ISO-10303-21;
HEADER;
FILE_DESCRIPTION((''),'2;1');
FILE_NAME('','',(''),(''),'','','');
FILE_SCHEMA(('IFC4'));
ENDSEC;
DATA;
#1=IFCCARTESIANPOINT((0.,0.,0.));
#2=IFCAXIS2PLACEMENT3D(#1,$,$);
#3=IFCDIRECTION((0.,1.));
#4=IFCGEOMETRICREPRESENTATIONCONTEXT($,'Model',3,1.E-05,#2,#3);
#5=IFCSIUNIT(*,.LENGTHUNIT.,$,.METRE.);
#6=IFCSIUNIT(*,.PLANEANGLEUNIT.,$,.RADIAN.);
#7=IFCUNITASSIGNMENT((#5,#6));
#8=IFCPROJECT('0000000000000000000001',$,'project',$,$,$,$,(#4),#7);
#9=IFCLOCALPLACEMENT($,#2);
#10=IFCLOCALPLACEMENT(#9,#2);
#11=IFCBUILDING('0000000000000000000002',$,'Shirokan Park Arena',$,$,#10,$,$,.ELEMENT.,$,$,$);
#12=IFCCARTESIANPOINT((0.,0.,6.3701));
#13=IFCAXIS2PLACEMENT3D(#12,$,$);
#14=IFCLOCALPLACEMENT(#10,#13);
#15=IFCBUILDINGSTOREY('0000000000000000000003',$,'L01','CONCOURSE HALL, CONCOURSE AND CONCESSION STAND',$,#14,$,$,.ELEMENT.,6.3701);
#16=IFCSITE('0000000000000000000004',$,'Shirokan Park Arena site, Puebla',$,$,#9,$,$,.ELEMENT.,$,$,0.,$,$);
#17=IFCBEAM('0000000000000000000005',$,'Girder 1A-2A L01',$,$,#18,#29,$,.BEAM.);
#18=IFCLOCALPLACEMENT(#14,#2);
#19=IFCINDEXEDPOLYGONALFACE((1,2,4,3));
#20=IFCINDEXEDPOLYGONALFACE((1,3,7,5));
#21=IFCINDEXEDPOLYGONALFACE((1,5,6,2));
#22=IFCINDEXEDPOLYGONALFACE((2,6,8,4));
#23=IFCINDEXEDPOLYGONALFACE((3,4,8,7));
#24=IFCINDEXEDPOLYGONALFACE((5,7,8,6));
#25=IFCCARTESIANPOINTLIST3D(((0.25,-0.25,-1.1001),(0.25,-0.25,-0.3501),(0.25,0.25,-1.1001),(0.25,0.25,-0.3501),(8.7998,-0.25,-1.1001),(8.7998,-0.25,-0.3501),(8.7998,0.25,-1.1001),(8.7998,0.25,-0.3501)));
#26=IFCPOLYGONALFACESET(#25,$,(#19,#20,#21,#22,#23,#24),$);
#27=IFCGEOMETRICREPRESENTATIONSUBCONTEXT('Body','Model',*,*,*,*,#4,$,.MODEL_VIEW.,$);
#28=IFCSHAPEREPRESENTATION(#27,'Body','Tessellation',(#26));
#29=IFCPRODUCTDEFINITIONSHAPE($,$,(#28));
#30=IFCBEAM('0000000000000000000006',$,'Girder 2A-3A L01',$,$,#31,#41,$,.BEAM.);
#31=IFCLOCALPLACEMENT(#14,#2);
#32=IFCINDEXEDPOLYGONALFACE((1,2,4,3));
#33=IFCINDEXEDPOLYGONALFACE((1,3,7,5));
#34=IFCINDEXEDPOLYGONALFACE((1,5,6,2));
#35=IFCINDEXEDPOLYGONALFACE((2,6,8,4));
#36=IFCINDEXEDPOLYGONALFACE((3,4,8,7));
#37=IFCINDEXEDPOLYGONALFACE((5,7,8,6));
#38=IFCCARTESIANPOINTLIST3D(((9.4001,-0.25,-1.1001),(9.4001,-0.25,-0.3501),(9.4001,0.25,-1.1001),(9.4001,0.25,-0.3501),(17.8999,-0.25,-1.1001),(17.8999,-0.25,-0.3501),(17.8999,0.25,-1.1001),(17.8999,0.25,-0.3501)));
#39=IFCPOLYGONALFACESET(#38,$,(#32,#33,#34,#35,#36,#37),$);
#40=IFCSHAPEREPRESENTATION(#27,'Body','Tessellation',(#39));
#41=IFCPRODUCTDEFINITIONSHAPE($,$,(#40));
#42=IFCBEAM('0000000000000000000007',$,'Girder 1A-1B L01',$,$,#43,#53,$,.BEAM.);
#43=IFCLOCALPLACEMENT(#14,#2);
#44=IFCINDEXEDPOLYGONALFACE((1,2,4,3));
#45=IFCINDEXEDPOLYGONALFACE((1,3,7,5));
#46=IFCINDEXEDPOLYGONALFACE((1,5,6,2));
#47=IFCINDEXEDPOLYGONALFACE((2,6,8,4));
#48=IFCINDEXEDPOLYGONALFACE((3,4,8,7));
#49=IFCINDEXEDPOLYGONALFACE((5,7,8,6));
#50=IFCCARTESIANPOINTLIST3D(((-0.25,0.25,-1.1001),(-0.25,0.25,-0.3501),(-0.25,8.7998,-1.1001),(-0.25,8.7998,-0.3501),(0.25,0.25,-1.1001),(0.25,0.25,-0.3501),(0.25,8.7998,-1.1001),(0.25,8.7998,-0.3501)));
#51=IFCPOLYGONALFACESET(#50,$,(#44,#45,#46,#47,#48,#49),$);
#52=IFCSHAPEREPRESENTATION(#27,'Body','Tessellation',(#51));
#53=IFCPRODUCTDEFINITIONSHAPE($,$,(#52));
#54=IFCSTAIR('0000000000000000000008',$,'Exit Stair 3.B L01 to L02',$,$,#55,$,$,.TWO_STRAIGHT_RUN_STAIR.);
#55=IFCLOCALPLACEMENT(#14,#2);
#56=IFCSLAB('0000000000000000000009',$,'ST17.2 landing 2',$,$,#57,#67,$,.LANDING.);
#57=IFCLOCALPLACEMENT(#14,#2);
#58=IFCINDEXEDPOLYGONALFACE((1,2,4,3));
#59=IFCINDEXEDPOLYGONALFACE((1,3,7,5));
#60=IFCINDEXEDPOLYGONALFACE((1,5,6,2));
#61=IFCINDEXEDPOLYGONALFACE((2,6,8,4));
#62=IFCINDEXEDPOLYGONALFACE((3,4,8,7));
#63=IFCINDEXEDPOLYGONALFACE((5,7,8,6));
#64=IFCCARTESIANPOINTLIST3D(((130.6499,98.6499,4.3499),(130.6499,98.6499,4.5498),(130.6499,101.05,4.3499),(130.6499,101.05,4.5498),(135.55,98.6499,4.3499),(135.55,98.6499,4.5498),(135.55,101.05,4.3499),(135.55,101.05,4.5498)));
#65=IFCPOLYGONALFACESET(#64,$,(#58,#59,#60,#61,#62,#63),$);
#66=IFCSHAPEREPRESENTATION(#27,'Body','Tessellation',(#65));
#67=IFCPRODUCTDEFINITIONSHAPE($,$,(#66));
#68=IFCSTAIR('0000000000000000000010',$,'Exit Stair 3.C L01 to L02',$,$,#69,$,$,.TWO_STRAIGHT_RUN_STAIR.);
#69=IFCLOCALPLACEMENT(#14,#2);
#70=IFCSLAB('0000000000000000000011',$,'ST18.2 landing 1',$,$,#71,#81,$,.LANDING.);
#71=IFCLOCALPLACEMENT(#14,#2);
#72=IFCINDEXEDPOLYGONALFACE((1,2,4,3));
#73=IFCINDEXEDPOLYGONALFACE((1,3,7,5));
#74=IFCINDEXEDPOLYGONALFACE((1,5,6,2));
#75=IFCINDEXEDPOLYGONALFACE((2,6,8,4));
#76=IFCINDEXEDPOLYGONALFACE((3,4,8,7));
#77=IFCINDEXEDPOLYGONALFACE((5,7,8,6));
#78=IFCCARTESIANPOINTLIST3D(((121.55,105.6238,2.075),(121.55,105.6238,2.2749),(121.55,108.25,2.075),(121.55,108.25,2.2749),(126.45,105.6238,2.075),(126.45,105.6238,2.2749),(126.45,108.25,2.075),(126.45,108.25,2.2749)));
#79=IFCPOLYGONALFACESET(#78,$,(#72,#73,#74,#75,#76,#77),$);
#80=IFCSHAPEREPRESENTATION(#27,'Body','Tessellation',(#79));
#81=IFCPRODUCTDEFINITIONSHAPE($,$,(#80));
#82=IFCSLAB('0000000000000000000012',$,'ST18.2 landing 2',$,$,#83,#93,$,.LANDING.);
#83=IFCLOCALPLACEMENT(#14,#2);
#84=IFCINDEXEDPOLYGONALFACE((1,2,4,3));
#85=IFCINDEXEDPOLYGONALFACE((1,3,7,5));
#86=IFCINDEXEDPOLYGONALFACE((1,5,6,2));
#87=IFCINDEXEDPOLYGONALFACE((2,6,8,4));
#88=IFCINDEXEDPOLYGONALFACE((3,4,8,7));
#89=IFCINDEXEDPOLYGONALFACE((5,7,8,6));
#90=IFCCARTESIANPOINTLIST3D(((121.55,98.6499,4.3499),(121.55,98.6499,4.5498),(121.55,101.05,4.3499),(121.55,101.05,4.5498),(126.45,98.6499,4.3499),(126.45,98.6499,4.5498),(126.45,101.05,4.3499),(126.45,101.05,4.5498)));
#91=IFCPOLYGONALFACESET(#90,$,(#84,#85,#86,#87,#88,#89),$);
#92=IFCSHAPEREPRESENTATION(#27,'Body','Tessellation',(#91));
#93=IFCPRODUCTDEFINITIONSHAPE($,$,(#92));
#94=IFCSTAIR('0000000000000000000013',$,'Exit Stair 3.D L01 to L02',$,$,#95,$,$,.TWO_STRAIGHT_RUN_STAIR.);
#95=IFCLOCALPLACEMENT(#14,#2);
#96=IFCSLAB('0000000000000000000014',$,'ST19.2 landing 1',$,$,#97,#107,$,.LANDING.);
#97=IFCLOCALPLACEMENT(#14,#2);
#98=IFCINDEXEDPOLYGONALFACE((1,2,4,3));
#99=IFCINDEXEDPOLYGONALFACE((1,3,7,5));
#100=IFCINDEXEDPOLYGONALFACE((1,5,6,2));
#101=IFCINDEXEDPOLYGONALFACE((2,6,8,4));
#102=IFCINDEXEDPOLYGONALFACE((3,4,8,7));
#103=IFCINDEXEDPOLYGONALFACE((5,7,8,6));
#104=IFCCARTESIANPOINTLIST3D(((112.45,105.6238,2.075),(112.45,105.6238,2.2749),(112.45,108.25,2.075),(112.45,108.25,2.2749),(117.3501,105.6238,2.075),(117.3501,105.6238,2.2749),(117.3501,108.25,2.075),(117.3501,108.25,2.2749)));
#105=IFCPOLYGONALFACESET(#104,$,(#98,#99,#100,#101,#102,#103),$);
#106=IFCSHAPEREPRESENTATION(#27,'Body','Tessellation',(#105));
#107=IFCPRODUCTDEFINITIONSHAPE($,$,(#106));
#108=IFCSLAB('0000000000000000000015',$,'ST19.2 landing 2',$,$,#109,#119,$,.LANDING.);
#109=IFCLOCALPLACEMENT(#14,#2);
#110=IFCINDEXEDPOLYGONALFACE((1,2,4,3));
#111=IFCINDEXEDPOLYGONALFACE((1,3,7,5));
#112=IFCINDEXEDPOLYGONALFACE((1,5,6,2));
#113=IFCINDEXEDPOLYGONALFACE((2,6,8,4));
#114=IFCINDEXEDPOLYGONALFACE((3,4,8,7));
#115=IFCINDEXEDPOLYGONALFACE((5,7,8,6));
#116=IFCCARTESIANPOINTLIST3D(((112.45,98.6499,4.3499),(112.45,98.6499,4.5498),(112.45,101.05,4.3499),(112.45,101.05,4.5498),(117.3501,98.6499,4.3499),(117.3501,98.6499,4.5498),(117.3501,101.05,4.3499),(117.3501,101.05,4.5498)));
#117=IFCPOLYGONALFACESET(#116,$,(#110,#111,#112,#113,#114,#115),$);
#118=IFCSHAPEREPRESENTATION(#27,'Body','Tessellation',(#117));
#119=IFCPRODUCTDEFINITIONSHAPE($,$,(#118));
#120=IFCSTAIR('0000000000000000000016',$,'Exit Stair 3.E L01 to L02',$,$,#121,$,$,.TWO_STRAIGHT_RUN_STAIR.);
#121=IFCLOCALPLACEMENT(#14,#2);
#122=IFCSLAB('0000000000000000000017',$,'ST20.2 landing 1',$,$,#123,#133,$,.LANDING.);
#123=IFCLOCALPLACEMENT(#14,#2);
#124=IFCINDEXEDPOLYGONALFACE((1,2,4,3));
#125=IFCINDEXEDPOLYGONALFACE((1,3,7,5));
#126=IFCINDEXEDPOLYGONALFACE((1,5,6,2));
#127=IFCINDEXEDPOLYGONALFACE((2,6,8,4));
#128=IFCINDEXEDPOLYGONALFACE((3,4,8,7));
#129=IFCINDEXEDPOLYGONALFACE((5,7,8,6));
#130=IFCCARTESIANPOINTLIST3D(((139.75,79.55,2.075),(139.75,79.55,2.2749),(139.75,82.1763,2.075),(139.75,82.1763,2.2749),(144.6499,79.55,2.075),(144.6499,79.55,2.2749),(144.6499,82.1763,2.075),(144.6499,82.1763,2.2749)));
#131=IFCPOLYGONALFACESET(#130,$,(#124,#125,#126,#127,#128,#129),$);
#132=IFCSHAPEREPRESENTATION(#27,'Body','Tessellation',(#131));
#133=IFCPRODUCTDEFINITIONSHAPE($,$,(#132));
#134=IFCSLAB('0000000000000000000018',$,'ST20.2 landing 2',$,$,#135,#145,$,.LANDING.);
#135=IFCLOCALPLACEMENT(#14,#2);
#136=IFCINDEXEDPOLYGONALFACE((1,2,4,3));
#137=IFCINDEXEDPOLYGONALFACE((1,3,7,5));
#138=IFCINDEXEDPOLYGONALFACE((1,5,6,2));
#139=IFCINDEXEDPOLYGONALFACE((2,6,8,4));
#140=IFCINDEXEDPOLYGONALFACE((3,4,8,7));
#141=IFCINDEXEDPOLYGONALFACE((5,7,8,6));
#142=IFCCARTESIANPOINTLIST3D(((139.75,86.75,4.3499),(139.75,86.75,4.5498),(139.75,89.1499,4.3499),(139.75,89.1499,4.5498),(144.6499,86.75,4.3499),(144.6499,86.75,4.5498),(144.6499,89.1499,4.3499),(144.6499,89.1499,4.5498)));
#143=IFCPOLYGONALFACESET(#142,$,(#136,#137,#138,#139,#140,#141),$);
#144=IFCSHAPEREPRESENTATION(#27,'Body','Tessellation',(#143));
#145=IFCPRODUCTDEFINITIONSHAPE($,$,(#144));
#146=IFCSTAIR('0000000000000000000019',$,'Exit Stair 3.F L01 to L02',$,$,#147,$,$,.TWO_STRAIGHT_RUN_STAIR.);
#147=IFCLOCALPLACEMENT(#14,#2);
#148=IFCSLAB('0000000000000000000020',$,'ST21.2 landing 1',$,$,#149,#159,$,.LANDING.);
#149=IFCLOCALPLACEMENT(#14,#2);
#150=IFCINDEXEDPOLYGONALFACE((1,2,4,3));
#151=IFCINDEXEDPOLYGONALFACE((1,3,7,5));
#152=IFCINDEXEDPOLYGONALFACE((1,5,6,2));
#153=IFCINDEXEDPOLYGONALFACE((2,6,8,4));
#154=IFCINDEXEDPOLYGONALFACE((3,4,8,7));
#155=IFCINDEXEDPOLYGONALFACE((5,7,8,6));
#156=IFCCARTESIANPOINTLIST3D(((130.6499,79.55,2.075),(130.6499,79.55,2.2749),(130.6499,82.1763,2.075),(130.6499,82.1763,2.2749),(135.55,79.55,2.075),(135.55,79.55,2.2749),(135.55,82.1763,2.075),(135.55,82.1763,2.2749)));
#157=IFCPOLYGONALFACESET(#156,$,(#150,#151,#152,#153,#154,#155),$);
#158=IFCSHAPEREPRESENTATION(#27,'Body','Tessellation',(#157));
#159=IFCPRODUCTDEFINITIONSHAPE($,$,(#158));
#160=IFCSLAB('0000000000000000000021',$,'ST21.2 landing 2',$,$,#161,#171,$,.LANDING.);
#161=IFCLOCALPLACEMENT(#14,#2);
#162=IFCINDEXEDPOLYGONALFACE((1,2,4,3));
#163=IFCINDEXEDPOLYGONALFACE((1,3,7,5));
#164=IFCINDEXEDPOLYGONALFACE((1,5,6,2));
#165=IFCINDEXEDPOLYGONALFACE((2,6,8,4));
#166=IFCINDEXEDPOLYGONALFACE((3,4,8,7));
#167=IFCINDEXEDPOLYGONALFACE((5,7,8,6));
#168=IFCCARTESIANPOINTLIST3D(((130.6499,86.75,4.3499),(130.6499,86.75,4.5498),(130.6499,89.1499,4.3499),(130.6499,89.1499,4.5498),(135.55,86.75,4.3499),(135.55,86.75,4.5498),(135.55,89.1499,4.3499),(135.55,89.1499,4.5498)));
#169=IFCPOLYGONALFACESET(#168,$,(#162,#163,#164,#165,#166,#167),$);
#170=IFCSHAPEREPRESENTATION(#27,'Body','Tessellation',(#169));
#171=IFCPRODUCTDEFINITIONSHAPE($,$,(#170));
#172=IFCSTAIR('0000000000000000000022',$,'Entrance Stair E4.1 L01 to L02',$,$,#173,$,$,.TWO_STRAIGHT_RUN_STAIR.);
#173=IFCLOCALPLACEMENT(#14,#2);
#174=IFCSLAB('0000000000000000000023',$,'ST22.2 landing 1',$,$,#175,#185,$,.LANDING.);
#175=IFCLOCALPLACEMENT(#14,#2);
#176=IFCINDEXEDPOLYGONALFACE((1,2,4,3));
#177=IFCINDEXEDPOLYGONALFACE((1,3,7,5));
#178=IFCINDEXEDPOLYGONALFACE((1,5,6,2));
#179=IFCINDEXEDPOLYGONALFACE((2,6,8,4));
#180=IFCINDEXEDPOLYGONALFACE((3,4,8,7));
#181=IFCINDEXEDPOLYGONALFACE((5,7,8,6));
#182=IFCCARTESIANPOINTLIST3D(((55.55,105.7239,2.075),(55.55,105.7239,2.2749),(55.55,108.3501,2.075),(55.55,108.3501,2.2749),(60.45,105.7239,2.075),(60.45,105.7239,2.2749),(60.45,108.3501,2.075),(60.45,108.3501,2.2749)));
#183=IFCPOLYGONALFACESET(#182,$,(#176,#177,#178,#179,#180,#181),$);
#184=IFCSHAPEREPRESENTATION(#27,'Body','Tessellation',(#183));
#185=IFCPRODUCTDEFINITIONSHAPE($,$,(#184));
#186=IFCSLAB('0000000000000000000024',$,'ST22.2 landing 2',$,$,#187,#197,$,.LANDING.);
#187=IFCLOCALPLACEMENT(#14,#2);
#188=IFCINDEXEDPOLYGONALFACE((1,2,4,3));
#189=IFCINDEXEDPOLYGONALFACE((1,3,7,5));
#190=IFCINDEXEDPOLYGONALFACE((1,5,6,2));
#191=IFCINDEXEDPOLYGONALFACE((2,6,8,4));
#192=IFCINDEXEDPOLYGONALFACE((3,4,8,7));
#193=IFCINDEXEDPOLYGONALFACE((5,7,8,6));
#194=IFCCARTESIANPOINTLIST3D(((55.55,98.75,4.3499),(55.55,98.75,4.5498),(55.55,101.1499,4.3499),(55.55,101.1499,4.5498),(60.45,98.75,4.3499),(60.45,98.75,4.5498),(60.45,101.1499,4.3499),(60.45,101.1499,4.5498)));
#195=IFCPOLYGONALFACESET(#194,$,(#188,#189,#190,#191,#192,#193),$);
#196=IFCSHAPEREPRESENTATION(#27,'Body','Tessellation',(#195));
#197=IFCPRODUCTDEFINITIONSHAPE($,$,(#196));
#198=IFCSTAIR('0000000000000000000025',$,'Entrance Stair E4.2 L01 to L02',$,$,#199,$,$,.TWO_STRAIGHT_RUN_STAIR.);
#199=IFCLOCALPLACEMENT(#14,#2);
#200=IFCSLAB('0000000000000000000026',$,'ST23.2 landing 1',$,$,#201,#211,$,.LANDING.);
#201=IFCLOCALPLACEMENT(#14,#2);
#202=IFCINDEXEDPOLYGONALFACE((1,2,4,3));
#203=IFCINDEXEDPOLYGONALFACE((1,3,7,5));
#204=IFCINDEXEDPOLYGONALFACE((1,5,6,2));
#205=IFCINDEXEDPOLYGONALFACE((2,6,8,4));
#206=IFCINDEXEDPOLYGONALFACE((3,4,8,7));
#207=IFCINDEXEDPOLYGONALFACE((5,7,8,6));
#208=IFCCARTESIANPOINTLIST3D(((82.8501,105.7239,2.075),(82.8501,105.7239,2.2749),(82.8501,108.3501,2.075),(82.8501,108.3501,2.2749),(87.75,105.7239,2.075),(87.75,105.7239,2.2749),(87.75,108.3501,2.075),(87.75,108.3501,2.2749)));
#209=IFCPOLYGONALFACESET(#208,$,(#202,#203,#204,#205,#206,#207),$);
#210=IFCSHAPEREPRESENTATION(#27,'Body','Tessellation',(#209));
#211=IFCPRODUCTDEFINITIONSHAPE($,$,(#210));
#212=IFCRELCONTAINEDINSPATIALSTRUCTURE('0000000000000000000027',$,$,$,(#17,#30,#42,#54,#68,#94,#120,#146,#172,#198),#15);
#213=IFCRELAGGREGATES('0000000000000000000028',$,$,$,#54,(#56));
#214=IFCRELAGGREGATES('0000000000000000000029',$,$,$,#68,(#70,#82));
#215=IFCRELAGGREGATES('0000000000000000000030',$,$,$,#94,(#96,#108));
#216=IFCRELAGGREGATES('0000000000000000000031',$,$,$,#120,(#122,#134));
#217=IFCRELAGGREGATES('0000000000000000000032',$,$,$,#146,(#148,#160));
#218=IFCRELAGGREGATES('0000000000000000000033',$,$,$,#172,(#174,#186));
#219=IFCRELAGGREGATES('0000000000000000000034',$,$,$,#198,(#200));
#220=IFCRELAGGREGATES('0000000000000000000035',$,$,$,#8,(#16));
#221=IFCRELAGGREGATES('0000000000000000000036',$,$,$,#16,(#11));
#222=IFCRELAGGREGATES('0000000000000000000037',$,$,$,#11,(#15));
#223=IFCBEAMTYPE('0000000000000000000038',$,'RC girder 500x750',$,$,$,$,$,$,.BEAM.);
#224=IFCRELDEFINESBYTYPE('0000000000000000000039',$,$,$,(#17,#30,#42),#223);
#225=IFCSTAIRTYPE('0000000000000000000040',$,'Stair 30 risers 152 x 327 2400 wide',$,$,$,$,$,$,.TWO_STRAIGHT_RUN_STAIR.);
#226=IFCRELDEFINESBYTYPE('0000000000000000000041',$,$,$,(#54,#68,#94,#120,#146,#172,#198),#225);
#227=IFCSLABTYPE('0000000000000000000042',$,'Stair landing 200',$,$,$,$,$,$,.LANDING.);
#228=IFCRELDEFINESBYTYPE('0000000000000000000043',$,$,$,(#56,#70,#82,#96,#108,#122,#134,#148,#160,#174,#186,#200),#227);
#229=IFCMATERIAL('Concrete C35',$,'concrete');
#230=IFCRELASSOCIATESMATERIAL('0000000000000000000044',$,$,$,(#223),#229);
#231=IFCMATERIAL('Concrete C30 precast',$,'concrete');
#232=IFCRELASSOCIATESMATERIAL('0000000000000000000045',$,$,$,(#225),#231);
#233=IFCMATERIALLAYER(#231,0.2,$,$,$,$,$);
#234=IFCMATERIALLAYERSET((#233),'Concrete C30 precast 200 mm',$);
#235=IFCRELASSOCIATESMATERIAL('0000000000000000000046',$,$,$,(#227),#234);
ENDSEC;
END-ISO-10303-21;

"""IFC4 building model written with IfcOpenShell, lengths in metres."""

from ifc_helpers import new_model, si_unit, direction, frame, origin, origin_2d, place, context, subcontext, project, spatial, polyline, rectangle, outline, extrude, material, layer, layer_set, material_profile, profile_set, type_object, element, aggregate, save


model = new_model("IFC4")

# Units and contexts
model_context = context("Model", 3, precision=1e-05, world=origin(), true_north=direction((0.0, 1.0)))
body_context = subcontext(model_context, "Body", "Model", "MODEL_VIEW")
ifc_project = project(units=[si_unit("LENGTHUNIT", "METRE"), si_unit("PLANEANGLEUNIT", "RADIAN")], contexts=[model_context])

# Site, building, storey
site_placement = place(None, origin())
site = spatial("IfcSite", under=ifc_project, at=site_placement, Name="Shirokan Park Arena site, Puebla", CompositionType="ELEMENT", RefElevation=0.0)
building_placement = place(site_placement, origin())
building = spatial("IfcBuilding", under=site, at=building_placement, Name="Shirokan Park Arena", CompositionType="ELEMENT")
storey_placement = place(building_placement, frame((0.0, 0.0, 6.3701)))
storey = spatial("IfcBuildingStorey", under=building, at=storey_placement, Name="L01", Description="CONCOURSE HALL, CONCOURSE AND CONCESSION STAND", CompositionType="ELEMENT", Elevation=6.3701)

# Beams
ifc_material_1 = material(Name="Concrete C35", Category="concrete")
ifc_material_profile = material_profile(ifc_material_1, rectangle(XDim=0.5, YDim=0.75, at=origin_2d()), Name="500x750")
ifc_profile_set = profile_set([ifc_material_profile], Name="Concrete C35")
beam_type = type_object("IfcBeamType", Name="RC girder 500x750", PredefinedType="BEAM", material=ifc_profile_set)
beam_1_placement = place(storey_placement, frame((0.25, 0.0, -0.7251), z_axis=(1.0, 0.0, 0.0), x_axis=(0.0, 1.0, 0.0)))
element("IfcBeam", 1, at=beam_1_placement, inside=storey, type_object=beam_type, Name="Girder 1A-2A L01", PredefinedType="BEAM", context=body_context, shape_type="SweptSolid", body=[
    extrude(rectangle(XDim=0.5, YDim=0.75, at=origin_2d()), origin(), (0.0, 0.0, 1.0), 8.5498),
])
beam_2_placement = place(storey_placement, frame((9.4001, 0.0, -0.7251), z_axis=(1.0, 0.0, 0.0), x_axis=(0.0, 1.0, 0.0)))
element("IfcBeam", 2, at=beam_2_placement, inside=storey, type_object=beam_type, Name="Girder 2A-3A L01", PredefinedType="BEAM", context=body_context, shape_type="SweptSolid", body=[
    extrude(rectangle(XDim=0.5, YDim=0.75, at=origin_2d()), origin(), (0.0, 0.0, 1.0), 8.4998),
])
beam_3_placement = place(storey_placement, frame((0.0, 0.25, -0.7251), z_axis=(0.0, 1.0, 0.0), x_axis=(-1.0, 0.0, 0.0)))
element("IfcBeam", 3, at=beam_3_placement, inside=storey, type_object=beam_type, Name="Girder 1A-1B L01", PredefinedType="BEAM", context=body_context, shape_type="SweptSolid", body=[
    extrude(rectangle(XDim=0.5, YDim=0.75, at=origin_2d()), origin(), (0.0, 0.0, 1.0), 8.5498),
])

# Stair, slab
ifc_material_2 = material(Name="Concrete C30 precast", Category="concrete")
stair_type = type_object("IfcStairType", Name="Stair 30 risers 152 x 327 2400 wide", PredefinedType="TWO_STRAIGHT_RUN_STAIR", material=ifc_material_2)
stair_1_placement = place(storey_placement, origin())
stair_1 = element("IfcStair", 4, at=stair_1_placement, inside=storey, type_object=stair_type, Name="Exit Stair 3.B L01 to L02", PredefinedType="TWO_STRAIGHT_RUN_STAIR")
ifc_layer_1 = layer(ifc_material_2, 0.2)
ifc_layer_set_1 = layer_set([ifc_layer_1], Name="Concrete C30 precast 200 mm")
slab_type = type_object("IfcSlabType", Name="Stair landing 200", PredefinedType="LANDING", material=ifc_layer_set_1)
slab_1_placement = place(storey_placement, frame((0.0, 0.0, 4.3499)))
slab_1 = element("IfcSlab", 5, at=slab_1_placement, type_object=slab_type, Name="ST17.2 landing 2", PredefinedType="LANDING", context=body_context, shape_type="SweptSolid", body=[
    extrude(outline(polyline([(130.6499, 98.6499), (135.55, 98.6499), (135.55, 101.05), (130.6499, 101.05), (130.6499, 98.6499)])), origin(), (0.0, 0.0, 1.0), 0.2),
])
aggregate(stair_1, [slab_1])

# Stairs, slabs
stair_2_placement = place(storey_placement, origin())
stair_2 = element("IfcStair", 6, at=stair_2_placement, inside=storey, type_object=stair_type, Name="Exit Stair 3.C L01 to L02", PredefinedType="TWO_STRAIGHT_RUN_STAIR")
slab_2_placement = place(storey_placement, frame((0.0, 0.0, 2.075)))
slab_2 = element("IfcSlab", 7, at=slab_2_placement, type_object=slab_type, Name="ST18.2 landing 1", PredefinedType="LANDING", context=body_context, shape_type="SweptSolid", body=[
    extrude(outline(polyline([(121.55, 105.6238), (126.45, 105.6238), (126.45, 108.25), (121.55, 108.25), (121.55, 105.6238)])), origin(), (0.0, 0.0, 1.0), 0.2),
])
slab_3_placement = place(storey_placement, frame((0.0, 0.0, 4.3499)))
slab_3 = element("IfcSlab", 8, at=slab_3_placement, type_object=slab_type, Name="ST18.2 landing 2", PredefinedType="LANDING", context=body_context, shape_type="SweptSolid", body=[
    extrude(outline(polyline([(121.55, 98.6499), (126.45, 98.6499), (126.45, 101.05), (121.55, 101.05), (121.55, 98.6499)])), origin(), (0.0, 0.0, 1.0), 0.2),
])
aggregate(stair_2, [slab_2, slab_3])
stair_3_placement = place(storey_placement, origin())
stair_3 = element("IfcStair", 9, at=stair_3_placement, inside=storey, type_object=stair_type, Name="Exit Stair 3.D L01 to L02", PredefinedType="TWO_STRAIGHT_RUN_STAIR")
slab_4_placement = place(storey_placement, frame((0.0, 0.0, 2.075)))
slab_4 = element("IfcSlab", 10, at=slab_4_placement, type_object=slab_type, Name="ST19.2 landing 1", PredefinedType="LANDING", context=body_context, shape_type="SweptSolid", body=[
    extrude(outline(polyline([(112.45, 105.6238), (117.3501, 105.6238), (117.3501, 108.25), (112.45, 108.25), (112.45, 105.6238)])), origin(), (0.0, 0.0, 1.0), 0.2),
])
slab_5_placement = place(storey_placement, frame((0.0, 0.0, 4.3499)))
slab_5 = element("IfcSlab", 11, at=slab_5_placement, type_object=slab_type, Name="ST19.2 landing 2", PredefinedType="LANDING", context=body_context, shape_type="SweptSolid", body=[
    extrude(outline(polyline([(112.45, 98.6499), (117.3501, 98.6499), (117.3501, 101.05), (112.45, 101.05), (112.45, 98.6499)])), origin(), (0.0, 0.0, 1.0), 0.2),
])
aggregate(stair_3, [slab_4, slab_5])
stair_4_placement = place(storey_placement, origin())
stair_4 = element("IfcStair", 12, at=stair_4_placement, inside=storey, type_object=stair_type, Name="Exit Stair 3.E L01 to L02", PredefinedType="TWO_STRAIGHT_RUN_STAIR")
slab_6_placement = place(storey_placement, frame((0.0, 0.0, 2.075)))
slab_6 = element("IfcSlab", 13, at=slab_6_placement, type_object=slab_type, Name="ST20.2 landing 1", PredefinedType="LANDING", context=body_context, shape_type="SweptSolid", body=[
    extrude(outline(polyline([(139.75, 79.55), (144.6499, 79.55), (144.6499, 82.1763), (139.75, 82.1763), (139.75, 79.55)])), origin(), (0.0, 0.0, 1.0), 0.2),
])
slab_7_placement = place(storey_placement, frame((0.0, 0.0, 4.3499)))
slab_7 = element("IfcSlab", 14, at=slab_7_placement, type_object=slab_type, Name="ST20.2 landing 2", PredefinedType="LANDING", context=body_context, shape_type="SweptSolid", body=[
    extrude(outline(polyline([(139.75, 86.75), (144.6499, 86.75), (144.6499, 89.1499), (139.75, 89.1499), (139.75, 86.75)])), origin(), (0.0, 0.0, 1.0), 0.2),
])
aggregate(stair_4, [slab_6, slab_7])
stair_5_placement = place(storey_placement, origin())
stair_5 = element("IfcStair", 15, at=stair_5_placement, inside=storey, type_object=stair_type, Name="Exit Stair 3.F L01 to L02", PredefinedType="TWO_STRAIGHT_RUN_STAIR")
slab_8_placement = place(storey_placement, frame((0.0, 0.0, 2.075)))
slab_8 = element("IfcSlab", 16, at=slab_8_placement, type_object=slab_type, Name="ST21.2 landing 1", PredefinedType="LANDING", context=body_context, shape_type="SweptSolid", body=[
    extrude(outline(polyline([(130.6499, 79.55), (135.55, 79.55), (135.55, 82.1763), (130.6499, 82.1763), (130.6499, 79.55)])), origin(), (0.0, 0.0, 1.0), 0.2),
])
slab_9_placement = place(storey_placement, frame((0.0, 0.0, 4.3499)))
slab_9 = element("IfcSlab", 17, at=slab_9_placement, type_object=slab_type, Name="ST21.2 landing 2", PredefinedType="LANDING", context=body_context, shape_type="SweptSolid", body=[
    extrude(outline(polyline([(130.6499, 86.75), (135.55, 86.75), (135.55, 89.1499), (130.6499, 89.1499), (130.6499, 86.75)])), origin(), (0.0, 0.0, 1.0), 0.2),
])
aggregate(stair_5, [slab_8, slab_9])
stair_6_placement = place(storey_placement, origin())
stair_6 = element("IfcStair", 18, at=stair_6_placement, inside=storey, type_object=stair_type, Name="Entrance Stair E4.1 L01 to L02", PredefinedType="TWO_STRAIGHT_RUN_STAIR")
slab_10_placement = place(storey_placement, frame((0.0, 0.0, 2.075)))
slab_10 = element("IfcSlab", 19, at=slab_10_placement, type_object=slab_type, Name="ST22.2 landing 1", PredefinedType="LANDING", context=body_context, shape_type="SweptSolid", body=[
    extrude(outline(polyline([(55.55, 105.7239), (60.45, 105.7239), (60.45, 108.3501), (55.55, 108.3501), (55.55, 105.7239)])), origin(), (0.0, 0.0, 1.0), 0.2),
])
slab_11_placement = place(storey_placement, frame((0.0, 0.0, 4.3499)))
slab_11 = element("IfcSlab", 20, at=slab_11_placement, type_object=slab_type, Name="ST22.2 landing 2", PredefinedType="LANDING", context=body_context, shape_type="SweptSolid", body=[
    extrude(outline(polyline([(55.55, 98.75), (60.45, 98.75), (60.45, 101.1499), (55.55, 101.1499), (55.55, 98.75)])), origin(), (0.0, 0.0, 1.0), 0.2),
])
aggregate(stair_6, [slab_10, slab_11])
stair_7_placement = place(storey_placement, origin())
stair_7 = element("IfcStair", 21, at=stair_7_placement, inside=storey, type_object=stair_type, Name="Entrance Stair E4.2 L01 to L02", PredefinedType="TWO_STRAIGHT_RUN_STAIR")
slab_12_placement = place(storey_placement, frame((0.0, 0.0, 2.075)))
slab_12 = element("IfcSlab", 22, at=slab_12_placement, type_object=slab_type, Name="ST23.2 landing 1", PredefinedType="LANDING", context=body_context, shape_type="SweptSolid", body=[
    extrude(outline(polyline([(82.8501, 105.7239), (87.75, 105.7239), (87.75, 108.3501), (82.8501, 108.3501), (82.8501, 105.7239)])), origin(), (0.0, 0.0, 1.0), 0.2),
])
aggregate(stair_7, [slab_12])

save(model, "model.ifc")
